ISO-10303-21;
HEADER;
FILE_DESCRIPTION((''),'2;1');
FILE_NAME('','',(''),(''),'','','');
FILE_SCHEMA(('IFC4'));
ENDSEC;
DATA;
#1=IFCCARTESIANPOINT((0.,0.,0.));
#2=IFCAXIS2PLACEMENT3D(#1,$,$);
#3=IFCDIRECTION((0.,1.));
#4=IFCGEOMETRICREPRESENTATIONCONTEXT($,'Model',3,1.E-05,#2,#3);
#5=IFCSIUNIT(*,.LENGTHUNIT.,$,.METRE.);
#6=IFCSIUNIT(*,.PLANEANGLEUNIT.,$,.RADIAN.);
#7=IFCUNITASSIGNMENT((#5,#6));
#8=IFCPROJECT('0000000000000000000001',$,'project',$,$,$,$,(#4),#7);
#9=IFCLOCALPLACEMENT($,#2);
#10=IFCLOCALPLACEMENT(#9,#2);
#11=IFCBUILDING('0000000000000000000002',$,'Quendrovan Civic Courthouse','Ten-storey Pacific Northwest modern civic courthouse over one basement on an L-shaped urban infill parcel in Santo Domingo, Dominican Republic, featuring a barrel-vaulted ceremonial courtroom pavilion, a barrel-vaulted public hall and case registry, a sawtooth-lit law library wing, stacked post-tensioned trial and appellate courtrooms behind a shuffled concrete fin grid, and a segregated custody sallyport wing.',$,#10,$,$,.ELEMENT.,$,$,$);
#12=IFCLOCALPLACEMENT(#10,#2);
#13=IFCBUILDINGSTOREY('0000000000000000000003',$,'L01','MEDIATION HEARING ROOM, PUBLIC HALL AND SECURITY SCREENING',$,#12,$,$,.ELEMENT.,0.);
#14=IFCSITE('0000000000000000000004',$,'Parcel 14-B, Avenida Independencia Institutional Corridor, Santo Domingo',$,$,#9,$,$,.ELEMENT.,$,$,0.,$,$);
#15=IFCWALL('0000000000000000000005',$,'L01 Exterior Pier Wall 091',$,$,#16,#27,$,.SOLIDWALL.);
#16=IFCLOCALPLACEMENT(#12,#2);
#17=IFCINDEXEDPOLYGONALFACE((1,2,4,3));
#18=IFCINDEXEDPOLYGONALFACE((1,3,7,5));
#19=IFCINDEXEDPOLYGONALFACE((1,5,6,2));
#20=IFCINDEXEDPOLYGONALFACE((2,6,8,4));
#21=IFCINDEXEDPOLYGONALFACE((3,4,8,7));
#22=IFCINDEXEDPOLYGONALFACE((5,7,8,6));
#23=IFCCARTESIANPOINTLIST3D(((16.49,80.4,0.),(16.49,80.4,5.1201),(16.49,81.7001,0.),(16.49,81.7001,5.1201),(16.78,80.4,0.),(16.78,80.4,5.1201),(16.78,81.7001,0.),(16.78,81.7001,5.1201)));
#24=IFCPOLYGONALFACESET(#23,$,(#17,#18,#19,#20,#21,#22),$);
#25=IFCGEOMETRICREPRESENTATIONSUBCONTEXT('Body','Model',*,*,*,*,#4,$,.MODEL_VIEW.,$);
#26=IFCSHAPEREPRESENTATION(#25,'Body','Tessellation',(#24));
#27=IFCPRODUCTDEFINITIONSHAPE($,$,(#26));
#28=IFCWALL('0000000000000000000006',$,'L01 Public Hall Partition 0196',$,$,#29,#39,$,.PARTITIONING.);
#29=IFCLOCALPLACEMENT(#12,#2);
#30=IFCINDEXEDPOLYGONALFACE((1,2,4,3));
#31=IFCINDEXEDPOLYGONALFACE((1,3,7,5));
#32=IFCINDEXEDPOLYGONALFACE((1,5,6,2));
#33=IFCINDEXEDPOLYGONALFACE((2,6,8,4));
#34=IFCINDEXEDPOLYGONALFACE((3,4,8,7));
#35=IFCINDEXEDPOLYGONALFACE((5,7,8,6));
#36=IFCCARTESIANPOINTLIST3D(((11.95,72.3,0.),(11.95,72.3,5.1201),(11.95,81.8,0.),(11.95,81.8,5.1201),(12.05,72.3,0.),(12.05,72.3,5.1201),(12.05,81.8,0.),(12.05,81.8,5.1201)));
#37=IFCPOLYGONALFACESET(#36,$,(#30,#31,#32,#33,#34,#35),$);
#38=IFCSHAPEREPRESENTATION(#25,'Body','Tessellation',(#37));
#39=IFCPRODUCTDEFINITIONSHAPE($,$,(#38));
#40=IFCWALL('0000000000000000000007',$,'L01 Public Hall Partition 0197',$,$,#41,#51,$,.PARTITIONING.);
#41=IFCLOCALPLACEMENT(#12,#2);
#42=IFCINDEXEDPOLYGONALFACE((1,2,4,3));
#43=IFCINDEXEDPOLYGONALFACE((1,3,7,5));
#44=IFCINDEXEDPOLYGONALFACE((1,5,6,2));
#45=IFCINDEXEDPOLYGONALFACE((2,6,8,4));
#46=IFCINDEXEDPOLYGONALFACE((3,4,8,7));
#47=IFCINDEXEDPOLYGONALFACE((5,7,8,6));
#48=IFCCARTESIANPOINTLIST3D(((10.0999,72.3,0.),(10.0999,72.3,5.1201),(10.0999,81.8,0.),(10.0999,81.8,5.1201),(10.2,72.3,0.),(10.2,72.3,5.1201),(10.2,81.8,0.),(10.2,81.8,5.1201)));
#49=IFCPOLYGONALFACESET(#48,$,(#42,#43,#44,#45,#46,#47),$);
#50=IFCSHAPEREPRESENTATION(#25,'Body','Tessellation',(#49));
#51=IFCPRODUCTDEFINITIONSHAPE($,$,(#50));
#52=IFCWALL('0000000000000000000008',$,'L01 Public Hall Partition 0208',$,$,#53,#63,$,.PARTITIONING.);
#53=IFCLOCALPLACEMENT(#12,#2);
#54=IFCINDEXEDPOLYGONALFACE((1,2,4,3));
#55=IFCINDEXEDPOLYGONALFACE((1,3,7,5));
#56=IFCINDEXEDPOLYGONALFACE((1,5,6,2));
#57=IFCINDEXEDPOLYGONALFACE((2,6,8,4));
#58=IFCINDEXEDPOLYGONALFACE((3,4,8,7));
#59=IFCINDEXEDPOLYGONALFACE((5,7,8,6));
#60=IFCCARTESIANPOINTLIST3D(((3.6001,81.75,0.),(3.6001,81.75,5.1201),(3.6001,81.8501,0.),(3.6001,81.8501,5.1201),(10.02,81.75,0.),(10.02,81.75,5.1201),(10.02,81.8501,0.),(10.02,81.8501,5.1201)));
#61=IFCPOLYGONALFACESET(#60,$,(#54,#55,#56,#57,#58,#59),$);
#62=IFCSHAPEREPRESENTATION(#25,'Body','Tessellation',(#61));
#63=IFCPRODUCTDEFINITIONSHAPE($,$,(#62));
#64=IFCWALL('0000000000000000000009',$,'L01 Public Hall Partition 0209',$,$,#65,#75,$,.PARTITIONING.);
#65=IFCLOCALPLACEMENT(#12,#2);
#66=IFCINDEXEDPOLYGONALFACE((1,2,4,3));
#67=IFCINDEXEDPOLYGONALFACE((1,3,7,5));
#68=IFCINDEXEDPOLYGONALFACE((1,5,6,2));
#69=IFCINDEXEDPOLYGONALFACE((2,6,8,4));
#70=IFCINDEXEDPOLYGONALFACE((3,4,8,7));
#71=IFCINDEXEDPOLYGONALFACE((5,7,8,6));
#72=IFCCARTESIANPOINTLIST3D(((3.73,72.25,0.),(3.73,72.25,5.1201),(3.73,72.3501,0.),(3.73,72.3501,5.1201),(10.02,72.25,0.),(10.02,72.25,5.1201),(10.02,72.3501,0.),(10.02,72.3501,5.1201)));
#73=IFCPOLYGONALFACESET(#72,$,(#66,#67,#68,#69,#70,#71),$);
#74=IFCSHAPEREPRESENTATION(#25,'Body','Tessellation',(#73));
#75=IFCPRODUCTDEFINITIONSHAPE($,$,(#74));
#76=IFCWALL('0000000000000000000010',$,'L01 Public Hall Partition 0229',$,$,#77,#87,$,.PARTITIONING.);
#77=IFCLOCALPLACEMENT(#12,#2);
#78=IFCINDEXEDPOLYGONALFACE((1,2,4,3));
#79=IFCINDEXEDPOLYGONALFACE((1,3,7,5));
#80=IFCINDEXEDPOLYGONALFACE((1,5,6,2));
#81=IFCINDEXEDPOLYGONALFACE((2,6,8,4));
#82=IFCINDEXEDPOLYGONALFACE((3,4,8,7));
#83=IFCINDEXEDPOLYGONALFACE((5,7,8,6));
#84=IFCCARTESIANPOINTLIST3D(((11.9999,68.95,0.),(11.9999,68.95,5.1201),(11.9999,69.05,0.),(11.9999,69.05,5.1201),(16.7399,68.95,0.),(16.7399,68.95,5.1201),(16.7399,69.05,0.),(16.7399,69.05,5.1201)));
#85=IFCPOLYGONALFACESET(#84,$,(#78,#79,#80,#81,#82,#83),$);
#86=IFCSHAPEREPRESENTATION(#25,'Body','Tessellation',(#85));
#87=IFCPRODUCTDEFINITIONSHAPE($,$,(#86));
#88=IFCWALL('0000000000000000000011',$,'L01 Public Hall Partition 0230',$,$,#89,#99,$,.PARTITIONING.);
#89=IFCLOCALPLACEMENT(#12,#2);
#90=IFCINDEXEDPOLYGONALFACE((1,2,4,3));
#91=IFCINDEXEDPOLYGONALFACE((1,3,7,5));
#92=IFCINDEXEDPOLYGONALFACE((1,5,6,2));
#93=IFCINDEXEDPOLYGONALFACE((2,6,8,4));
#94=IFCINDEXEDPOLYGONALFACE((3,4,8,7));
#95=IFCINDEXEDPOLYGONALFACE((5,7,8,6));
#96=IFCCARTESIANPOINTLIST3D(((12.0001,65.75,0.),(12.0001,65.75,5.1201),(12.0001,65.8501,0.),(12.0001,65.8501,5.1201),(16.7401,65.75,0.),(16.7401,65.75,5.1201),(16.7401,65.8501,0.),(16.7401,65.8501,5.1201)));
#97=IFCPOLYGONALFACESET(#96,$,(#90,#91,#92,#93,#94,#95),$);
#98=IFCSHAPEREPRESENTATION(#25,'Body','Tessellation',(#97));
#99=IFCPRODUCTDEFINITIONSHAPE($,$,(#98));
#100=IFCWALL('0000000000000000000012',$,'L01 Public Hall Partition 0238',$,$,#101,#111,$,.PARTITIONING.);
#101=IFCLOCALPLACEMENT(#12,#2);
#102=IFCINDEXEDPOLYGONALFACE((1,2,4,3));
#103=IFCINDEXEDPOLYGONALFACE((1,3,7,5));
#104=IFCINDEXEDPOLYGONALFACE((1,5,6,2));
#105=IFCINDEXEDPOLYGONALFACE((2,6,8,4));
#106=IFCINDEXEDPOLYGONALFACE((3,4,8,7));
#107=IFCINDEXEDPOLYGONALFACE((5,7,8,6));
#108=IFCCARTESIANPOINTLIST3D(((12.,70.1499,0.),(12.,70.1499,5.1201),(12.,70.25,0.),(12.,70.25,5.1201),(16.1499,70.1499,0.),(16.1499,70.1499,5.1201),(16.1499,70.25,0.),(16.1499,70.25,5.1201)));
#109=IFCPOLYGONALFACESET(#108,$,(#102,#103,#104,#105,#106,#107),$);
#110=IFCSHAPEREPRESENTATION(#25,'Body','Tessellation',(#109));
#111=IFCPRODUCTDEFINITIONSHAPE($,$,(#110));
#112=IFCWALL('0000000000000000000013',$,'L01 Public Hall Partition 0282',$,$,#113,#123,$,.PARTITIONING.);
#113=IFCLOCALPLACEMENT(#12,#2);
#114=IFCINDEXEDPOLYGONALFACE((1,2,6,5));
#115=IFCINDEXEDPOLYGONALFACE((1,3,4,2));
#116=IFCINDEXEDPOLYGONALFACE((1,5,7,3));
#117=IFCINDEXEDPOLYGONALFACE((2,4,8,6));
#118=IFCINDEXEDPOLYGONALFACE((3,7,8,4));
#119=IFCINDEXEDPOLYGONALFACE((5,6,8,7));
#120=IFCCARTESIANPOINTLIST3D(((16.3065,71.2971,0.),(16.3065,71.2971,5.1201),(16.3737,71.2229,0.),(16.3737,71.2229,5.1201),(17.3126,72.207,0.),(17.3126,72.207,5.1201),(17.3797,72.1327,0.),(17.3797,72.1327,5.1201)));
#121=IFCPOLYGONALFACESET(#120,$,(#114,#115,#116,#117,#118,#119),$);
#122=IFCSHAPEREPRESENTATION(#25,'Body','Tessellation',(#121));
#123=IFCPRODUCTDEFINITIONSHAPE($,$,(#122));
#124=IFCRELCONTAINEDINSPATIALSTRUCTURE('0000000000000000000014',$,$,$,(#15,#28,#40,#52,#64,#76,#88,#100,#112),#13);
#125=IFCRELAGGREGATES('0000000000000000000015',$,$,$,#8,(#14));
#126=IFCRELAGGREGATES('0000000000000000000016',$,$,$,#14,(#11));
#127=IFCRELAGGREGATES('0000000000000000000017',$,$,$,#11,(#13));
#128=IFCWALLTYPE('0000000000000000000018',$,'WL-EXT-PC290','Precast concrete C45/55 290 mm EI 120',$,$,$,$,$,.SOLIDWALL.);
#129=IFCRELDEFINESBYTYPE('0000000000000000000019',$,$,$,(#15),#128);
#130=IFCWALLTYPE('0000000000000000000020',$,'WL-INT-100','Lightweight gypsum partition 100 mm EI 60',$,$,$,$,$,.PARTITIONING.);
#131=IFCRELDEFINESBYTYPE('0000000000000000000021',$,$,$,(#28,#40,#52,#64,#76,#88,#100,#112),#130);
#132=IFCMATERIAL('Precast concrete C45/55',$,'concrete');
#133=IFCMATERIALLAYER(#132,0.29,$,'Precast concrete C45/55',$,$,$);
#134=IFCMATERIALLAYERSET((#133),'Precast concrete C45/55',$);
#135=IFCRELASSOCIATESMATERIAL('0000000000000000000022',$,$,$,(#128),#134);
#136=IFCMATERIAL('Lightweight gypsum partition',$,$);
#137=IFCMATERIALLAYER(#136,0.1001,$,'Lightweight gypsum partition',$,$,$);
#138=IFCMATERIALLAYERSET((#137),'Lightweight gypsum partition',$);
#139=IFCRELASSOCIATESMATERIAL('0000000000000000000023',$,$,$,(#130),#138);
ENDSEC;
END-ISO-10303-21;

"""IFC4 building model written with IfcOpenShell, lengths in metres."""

from ifc_helpers import new_model, si_unit, direction, frame, frame_2d, origin, place, context, subcontext, project, spatial, rectangle, extrude, material, layer, layer_set, type_object, element, save


model = new_model("IFC4")

# Units and contexts
model_context = context("Model", 3, precision=1e-05, world=origin(), true_north=direction((0.0, 1.0)))
body_context = subcontext(model_context, "Body", "Model", "MODEL_VIEW")
ifc_project = project(units=[si_unit("LENGTHUNIT", "METRE"), si_unit("PLANEANGLEUNIT", "RADIAN")], contexts=[model_context])

# Site, building, storey
site_placement = place(None, origin())
site = spatial("IfcSite", under=ifc_project, at=site_placement, Name="Parcel 14-B, Avenida Independencia Institutional Corridor, Santo Domingo", CompositionType="ELEMENT", RefElevation=0.0)
building_placement = place(site_placement, origin())
building = spatial("IfcBuilding", under=site, at=building_placement, Name="Quendrovan Civic Courthouse", Description="Ten-storey Pacific Northwest modern civic courthouse over one basement on an L-shaped urban infill parcel in Santo Domingo, Dominican Republic, featuring a barrel-vaulted ceremonial courtroom pavilion, a barrel-vaulted public hall and case registry, a sawtooth-lit law library wing, stacked post-tensioned trial and appellate courtrooms behind a shuffled concrete fin grid, and a segregated custody sallyport wing.", CompositionType="ELEMENT")
storey_placement = place(building_placement, origin())
storey = spatial("IfcBuildingStorey", under=building, at=storey_placement, Name="L01", Description="MEDIATION HEARING ROOM, PUBLIC HALL AND SECURITY SCREENING", CompositionType="ELEMENT", Elevation=0.0)

# Shared definitions
ifc_material_1 = material(Name="Precast concrete C45/55", Category="concrete")
ifc_layer_1 = layer(ifc_material_1, 0.29, Name="Precast concrete C45/55")
ifc_layer_set_1 = layer_set([ifc_layer_1], Name="Precast concrete C45/55")
wall_type_1 = type_object("IfcWallType", Name="WL-EXT-PC290", Description="Precast concrete C45/55 290 mm EI 120", PredefinedType="SOLIDWALL", material=ifc_layer_set_1)

# Walls
wall_1_placement = place(storey_placement, frame((16.635, 81.7, 0.0), z_axis=(0.0, 0.0, 1.0), x_axis=(0.0, -1.0, 0.0)))
element("IfcWall", 1, at=wall_1_placement, inside=storey, type_object=wall_type_1, Name="L01 Exterior Pier Wall 091", PredefinedType="SOLIDWALL", context=body_context, shape_type="SweptSolid", body=[
    extrude(rectangle(XDim=1.3, YDim=0.29, at=frame_2d((0.6499, 0.0))), origin(), (0.0, 0.0, 1.0), 5.1201),
])
ifc_material_2 = material(Name="Lightweight gypsum partition")
ifc_layer_2 = layer(ifc_material_2, 0.1001, Name="Lightweight gypsum partition")
ifc_layer_set_2 = layer_set([ifc_layer_2], Name="Lightweight gypsum partition")
wall_type_2 = type_object("IfcWallType", Name="WL-INT-100", Description="Lightweight gypsum partition 100 mm EI 60", PredefinedType="PARTITIONING", material=ifc_layer_set_2)
for number, where, z_axis, x_axis, name in (
    (2, (12.0, 72.3, 0.0), (0.0, 0.0, 1.0), (0.0, 1.0, 0.0), "L01 Public Hall Partition 0196"),
    (3, (10.1499, 81.8, 0.0), (0.0, 0.0, 1.0), (0.0, -1.0, 0.0), "L01 Public Hall Partition 0197"),
):
    element("IfcWall", number, at=place(storey_placement, frame(where, z_axis=z_axis, x_axis=x_axis)), inside=storey, type_object=wall_type_2, Name=name, PredefinedType="PARTITIONING", context=body_context, shape_type="SweptSolid", body=[
        extrude(rectangle(XDim=9.5, YDim=0.1001, at=frame_2d((4.75, 0.0))), origin(), (0.0, 0.0, 1.0), 5.1201),
    ])
wall_2_placement = place(storey_placement, frame((3.6001, 81.8, 0.0), z_axis=(0.0, 0.0, 1.0), x_axis=(1.0, 0.0, 0.0)))
element("IfcWall", 4, at=wall_2_placement, inside=storey, type_object=wall_type_2, Name="L01 Public Hall Partition 0208", PredefinedType="PARTITIONING", context=body_context, shape_type="SweptSolid", body=[
    extrude(rectangle(XDim=6.4199, YDim=0.1001, at=frame_2d((3.21, 0.0))), origin(), (0.0, 0.0, 1.0), 5.1201),
])
wall_3_placement = place(storey_placement, frame((10.02, 72.3, 0.0), z_axis=(0.0, 0.0, 1.0), x_axis=(-1.0, 0.0, 0.0)))
element("IfcWall", 5, at=wall_3_placement, inside=storey, type_object=wall_type_2, Name="L01 Public Hall Partition 0209", PredefinedType="PARTITIONING", context=body_context, shape_type="SweptSolid", body=[
    extrude(rectangle(XDim=6.29, YDim=0.1001, at=frame_2d((3.145, 0.0))), origin(), (0.0, 0.0, 1.0), 5.1201),
])
for number, where, z_axis, x_axis, name in (
    (6, (16.74, 69.0, 0.0), (0.0, 0.0, 1.0), (-1.0, 0.0, 0.0), "L01 Public Hall Partition 0229"),
    (7, (12.0, 65.8, 0.0), (0.0, 0.0, 1.0), (1.0, 0.0, 0.0), "L01 Public Hall Partition 0230"),
):
    element("IfcWall", number, at=place(storey_placement, frame(where, z_axis=z_axis, x_axis=x_axis)), inside=storey, type_object=wall_type_2, Name=name, PredefinedType="PARTITIONING", context=body_context, shape_type="SweptSolid", body=[
        extrude(rectangle(XDim=4.74, YDim=0.1001, at=frame_2d((2.3701, 0.0))), origin(), (0.0, 0.0, 1.0), 5.1201),
    ])
wall_4_placement = place(storey_placement, frame((12.0, 70.2, 0.0), z_axis=(0.0, 0.0, 1.0), x_axis=(1.0, 0.0, 0.0)))
element("IfcWall", 8, at=wall_4_placement, inside=storey, type_object=wall_type_2, Name="L01 Public Hall Partition 0238", PredefinedType="PARTITIONING", context=body_context, shape_type="SweptSolid", body=[
    extrude(rectangle(XDim=4.1499, YDim=0.1001, at=frame_2d((2.075, 0.0))), origin(), (0.0, 0.0, 1.0), 5.1201),
])
wall_5_placement = place(storey_placement, frame((16.3401, 71.26, 0.0), z_axis=(0.0, 0.0, 1.0), x_axis=(0.741672, 0.670763, 0.0)))
element("IfcWall", 9, at=wall_5_placement, inside=storey, type_object=wall_type_2, Name="L01 Public Hall Partition 0282", PredefinedType="PARTITIONING", context=body_context, shape_type="SweptSolid", body=[
    extrude(rectangle(XDim=1.3564, YDim=0.1001, at=frame_2d((0.6782, 0.0))), origin(), (0.0, 0.0, 1.0), 5.1201),
])

save(model, "model.ifc")
